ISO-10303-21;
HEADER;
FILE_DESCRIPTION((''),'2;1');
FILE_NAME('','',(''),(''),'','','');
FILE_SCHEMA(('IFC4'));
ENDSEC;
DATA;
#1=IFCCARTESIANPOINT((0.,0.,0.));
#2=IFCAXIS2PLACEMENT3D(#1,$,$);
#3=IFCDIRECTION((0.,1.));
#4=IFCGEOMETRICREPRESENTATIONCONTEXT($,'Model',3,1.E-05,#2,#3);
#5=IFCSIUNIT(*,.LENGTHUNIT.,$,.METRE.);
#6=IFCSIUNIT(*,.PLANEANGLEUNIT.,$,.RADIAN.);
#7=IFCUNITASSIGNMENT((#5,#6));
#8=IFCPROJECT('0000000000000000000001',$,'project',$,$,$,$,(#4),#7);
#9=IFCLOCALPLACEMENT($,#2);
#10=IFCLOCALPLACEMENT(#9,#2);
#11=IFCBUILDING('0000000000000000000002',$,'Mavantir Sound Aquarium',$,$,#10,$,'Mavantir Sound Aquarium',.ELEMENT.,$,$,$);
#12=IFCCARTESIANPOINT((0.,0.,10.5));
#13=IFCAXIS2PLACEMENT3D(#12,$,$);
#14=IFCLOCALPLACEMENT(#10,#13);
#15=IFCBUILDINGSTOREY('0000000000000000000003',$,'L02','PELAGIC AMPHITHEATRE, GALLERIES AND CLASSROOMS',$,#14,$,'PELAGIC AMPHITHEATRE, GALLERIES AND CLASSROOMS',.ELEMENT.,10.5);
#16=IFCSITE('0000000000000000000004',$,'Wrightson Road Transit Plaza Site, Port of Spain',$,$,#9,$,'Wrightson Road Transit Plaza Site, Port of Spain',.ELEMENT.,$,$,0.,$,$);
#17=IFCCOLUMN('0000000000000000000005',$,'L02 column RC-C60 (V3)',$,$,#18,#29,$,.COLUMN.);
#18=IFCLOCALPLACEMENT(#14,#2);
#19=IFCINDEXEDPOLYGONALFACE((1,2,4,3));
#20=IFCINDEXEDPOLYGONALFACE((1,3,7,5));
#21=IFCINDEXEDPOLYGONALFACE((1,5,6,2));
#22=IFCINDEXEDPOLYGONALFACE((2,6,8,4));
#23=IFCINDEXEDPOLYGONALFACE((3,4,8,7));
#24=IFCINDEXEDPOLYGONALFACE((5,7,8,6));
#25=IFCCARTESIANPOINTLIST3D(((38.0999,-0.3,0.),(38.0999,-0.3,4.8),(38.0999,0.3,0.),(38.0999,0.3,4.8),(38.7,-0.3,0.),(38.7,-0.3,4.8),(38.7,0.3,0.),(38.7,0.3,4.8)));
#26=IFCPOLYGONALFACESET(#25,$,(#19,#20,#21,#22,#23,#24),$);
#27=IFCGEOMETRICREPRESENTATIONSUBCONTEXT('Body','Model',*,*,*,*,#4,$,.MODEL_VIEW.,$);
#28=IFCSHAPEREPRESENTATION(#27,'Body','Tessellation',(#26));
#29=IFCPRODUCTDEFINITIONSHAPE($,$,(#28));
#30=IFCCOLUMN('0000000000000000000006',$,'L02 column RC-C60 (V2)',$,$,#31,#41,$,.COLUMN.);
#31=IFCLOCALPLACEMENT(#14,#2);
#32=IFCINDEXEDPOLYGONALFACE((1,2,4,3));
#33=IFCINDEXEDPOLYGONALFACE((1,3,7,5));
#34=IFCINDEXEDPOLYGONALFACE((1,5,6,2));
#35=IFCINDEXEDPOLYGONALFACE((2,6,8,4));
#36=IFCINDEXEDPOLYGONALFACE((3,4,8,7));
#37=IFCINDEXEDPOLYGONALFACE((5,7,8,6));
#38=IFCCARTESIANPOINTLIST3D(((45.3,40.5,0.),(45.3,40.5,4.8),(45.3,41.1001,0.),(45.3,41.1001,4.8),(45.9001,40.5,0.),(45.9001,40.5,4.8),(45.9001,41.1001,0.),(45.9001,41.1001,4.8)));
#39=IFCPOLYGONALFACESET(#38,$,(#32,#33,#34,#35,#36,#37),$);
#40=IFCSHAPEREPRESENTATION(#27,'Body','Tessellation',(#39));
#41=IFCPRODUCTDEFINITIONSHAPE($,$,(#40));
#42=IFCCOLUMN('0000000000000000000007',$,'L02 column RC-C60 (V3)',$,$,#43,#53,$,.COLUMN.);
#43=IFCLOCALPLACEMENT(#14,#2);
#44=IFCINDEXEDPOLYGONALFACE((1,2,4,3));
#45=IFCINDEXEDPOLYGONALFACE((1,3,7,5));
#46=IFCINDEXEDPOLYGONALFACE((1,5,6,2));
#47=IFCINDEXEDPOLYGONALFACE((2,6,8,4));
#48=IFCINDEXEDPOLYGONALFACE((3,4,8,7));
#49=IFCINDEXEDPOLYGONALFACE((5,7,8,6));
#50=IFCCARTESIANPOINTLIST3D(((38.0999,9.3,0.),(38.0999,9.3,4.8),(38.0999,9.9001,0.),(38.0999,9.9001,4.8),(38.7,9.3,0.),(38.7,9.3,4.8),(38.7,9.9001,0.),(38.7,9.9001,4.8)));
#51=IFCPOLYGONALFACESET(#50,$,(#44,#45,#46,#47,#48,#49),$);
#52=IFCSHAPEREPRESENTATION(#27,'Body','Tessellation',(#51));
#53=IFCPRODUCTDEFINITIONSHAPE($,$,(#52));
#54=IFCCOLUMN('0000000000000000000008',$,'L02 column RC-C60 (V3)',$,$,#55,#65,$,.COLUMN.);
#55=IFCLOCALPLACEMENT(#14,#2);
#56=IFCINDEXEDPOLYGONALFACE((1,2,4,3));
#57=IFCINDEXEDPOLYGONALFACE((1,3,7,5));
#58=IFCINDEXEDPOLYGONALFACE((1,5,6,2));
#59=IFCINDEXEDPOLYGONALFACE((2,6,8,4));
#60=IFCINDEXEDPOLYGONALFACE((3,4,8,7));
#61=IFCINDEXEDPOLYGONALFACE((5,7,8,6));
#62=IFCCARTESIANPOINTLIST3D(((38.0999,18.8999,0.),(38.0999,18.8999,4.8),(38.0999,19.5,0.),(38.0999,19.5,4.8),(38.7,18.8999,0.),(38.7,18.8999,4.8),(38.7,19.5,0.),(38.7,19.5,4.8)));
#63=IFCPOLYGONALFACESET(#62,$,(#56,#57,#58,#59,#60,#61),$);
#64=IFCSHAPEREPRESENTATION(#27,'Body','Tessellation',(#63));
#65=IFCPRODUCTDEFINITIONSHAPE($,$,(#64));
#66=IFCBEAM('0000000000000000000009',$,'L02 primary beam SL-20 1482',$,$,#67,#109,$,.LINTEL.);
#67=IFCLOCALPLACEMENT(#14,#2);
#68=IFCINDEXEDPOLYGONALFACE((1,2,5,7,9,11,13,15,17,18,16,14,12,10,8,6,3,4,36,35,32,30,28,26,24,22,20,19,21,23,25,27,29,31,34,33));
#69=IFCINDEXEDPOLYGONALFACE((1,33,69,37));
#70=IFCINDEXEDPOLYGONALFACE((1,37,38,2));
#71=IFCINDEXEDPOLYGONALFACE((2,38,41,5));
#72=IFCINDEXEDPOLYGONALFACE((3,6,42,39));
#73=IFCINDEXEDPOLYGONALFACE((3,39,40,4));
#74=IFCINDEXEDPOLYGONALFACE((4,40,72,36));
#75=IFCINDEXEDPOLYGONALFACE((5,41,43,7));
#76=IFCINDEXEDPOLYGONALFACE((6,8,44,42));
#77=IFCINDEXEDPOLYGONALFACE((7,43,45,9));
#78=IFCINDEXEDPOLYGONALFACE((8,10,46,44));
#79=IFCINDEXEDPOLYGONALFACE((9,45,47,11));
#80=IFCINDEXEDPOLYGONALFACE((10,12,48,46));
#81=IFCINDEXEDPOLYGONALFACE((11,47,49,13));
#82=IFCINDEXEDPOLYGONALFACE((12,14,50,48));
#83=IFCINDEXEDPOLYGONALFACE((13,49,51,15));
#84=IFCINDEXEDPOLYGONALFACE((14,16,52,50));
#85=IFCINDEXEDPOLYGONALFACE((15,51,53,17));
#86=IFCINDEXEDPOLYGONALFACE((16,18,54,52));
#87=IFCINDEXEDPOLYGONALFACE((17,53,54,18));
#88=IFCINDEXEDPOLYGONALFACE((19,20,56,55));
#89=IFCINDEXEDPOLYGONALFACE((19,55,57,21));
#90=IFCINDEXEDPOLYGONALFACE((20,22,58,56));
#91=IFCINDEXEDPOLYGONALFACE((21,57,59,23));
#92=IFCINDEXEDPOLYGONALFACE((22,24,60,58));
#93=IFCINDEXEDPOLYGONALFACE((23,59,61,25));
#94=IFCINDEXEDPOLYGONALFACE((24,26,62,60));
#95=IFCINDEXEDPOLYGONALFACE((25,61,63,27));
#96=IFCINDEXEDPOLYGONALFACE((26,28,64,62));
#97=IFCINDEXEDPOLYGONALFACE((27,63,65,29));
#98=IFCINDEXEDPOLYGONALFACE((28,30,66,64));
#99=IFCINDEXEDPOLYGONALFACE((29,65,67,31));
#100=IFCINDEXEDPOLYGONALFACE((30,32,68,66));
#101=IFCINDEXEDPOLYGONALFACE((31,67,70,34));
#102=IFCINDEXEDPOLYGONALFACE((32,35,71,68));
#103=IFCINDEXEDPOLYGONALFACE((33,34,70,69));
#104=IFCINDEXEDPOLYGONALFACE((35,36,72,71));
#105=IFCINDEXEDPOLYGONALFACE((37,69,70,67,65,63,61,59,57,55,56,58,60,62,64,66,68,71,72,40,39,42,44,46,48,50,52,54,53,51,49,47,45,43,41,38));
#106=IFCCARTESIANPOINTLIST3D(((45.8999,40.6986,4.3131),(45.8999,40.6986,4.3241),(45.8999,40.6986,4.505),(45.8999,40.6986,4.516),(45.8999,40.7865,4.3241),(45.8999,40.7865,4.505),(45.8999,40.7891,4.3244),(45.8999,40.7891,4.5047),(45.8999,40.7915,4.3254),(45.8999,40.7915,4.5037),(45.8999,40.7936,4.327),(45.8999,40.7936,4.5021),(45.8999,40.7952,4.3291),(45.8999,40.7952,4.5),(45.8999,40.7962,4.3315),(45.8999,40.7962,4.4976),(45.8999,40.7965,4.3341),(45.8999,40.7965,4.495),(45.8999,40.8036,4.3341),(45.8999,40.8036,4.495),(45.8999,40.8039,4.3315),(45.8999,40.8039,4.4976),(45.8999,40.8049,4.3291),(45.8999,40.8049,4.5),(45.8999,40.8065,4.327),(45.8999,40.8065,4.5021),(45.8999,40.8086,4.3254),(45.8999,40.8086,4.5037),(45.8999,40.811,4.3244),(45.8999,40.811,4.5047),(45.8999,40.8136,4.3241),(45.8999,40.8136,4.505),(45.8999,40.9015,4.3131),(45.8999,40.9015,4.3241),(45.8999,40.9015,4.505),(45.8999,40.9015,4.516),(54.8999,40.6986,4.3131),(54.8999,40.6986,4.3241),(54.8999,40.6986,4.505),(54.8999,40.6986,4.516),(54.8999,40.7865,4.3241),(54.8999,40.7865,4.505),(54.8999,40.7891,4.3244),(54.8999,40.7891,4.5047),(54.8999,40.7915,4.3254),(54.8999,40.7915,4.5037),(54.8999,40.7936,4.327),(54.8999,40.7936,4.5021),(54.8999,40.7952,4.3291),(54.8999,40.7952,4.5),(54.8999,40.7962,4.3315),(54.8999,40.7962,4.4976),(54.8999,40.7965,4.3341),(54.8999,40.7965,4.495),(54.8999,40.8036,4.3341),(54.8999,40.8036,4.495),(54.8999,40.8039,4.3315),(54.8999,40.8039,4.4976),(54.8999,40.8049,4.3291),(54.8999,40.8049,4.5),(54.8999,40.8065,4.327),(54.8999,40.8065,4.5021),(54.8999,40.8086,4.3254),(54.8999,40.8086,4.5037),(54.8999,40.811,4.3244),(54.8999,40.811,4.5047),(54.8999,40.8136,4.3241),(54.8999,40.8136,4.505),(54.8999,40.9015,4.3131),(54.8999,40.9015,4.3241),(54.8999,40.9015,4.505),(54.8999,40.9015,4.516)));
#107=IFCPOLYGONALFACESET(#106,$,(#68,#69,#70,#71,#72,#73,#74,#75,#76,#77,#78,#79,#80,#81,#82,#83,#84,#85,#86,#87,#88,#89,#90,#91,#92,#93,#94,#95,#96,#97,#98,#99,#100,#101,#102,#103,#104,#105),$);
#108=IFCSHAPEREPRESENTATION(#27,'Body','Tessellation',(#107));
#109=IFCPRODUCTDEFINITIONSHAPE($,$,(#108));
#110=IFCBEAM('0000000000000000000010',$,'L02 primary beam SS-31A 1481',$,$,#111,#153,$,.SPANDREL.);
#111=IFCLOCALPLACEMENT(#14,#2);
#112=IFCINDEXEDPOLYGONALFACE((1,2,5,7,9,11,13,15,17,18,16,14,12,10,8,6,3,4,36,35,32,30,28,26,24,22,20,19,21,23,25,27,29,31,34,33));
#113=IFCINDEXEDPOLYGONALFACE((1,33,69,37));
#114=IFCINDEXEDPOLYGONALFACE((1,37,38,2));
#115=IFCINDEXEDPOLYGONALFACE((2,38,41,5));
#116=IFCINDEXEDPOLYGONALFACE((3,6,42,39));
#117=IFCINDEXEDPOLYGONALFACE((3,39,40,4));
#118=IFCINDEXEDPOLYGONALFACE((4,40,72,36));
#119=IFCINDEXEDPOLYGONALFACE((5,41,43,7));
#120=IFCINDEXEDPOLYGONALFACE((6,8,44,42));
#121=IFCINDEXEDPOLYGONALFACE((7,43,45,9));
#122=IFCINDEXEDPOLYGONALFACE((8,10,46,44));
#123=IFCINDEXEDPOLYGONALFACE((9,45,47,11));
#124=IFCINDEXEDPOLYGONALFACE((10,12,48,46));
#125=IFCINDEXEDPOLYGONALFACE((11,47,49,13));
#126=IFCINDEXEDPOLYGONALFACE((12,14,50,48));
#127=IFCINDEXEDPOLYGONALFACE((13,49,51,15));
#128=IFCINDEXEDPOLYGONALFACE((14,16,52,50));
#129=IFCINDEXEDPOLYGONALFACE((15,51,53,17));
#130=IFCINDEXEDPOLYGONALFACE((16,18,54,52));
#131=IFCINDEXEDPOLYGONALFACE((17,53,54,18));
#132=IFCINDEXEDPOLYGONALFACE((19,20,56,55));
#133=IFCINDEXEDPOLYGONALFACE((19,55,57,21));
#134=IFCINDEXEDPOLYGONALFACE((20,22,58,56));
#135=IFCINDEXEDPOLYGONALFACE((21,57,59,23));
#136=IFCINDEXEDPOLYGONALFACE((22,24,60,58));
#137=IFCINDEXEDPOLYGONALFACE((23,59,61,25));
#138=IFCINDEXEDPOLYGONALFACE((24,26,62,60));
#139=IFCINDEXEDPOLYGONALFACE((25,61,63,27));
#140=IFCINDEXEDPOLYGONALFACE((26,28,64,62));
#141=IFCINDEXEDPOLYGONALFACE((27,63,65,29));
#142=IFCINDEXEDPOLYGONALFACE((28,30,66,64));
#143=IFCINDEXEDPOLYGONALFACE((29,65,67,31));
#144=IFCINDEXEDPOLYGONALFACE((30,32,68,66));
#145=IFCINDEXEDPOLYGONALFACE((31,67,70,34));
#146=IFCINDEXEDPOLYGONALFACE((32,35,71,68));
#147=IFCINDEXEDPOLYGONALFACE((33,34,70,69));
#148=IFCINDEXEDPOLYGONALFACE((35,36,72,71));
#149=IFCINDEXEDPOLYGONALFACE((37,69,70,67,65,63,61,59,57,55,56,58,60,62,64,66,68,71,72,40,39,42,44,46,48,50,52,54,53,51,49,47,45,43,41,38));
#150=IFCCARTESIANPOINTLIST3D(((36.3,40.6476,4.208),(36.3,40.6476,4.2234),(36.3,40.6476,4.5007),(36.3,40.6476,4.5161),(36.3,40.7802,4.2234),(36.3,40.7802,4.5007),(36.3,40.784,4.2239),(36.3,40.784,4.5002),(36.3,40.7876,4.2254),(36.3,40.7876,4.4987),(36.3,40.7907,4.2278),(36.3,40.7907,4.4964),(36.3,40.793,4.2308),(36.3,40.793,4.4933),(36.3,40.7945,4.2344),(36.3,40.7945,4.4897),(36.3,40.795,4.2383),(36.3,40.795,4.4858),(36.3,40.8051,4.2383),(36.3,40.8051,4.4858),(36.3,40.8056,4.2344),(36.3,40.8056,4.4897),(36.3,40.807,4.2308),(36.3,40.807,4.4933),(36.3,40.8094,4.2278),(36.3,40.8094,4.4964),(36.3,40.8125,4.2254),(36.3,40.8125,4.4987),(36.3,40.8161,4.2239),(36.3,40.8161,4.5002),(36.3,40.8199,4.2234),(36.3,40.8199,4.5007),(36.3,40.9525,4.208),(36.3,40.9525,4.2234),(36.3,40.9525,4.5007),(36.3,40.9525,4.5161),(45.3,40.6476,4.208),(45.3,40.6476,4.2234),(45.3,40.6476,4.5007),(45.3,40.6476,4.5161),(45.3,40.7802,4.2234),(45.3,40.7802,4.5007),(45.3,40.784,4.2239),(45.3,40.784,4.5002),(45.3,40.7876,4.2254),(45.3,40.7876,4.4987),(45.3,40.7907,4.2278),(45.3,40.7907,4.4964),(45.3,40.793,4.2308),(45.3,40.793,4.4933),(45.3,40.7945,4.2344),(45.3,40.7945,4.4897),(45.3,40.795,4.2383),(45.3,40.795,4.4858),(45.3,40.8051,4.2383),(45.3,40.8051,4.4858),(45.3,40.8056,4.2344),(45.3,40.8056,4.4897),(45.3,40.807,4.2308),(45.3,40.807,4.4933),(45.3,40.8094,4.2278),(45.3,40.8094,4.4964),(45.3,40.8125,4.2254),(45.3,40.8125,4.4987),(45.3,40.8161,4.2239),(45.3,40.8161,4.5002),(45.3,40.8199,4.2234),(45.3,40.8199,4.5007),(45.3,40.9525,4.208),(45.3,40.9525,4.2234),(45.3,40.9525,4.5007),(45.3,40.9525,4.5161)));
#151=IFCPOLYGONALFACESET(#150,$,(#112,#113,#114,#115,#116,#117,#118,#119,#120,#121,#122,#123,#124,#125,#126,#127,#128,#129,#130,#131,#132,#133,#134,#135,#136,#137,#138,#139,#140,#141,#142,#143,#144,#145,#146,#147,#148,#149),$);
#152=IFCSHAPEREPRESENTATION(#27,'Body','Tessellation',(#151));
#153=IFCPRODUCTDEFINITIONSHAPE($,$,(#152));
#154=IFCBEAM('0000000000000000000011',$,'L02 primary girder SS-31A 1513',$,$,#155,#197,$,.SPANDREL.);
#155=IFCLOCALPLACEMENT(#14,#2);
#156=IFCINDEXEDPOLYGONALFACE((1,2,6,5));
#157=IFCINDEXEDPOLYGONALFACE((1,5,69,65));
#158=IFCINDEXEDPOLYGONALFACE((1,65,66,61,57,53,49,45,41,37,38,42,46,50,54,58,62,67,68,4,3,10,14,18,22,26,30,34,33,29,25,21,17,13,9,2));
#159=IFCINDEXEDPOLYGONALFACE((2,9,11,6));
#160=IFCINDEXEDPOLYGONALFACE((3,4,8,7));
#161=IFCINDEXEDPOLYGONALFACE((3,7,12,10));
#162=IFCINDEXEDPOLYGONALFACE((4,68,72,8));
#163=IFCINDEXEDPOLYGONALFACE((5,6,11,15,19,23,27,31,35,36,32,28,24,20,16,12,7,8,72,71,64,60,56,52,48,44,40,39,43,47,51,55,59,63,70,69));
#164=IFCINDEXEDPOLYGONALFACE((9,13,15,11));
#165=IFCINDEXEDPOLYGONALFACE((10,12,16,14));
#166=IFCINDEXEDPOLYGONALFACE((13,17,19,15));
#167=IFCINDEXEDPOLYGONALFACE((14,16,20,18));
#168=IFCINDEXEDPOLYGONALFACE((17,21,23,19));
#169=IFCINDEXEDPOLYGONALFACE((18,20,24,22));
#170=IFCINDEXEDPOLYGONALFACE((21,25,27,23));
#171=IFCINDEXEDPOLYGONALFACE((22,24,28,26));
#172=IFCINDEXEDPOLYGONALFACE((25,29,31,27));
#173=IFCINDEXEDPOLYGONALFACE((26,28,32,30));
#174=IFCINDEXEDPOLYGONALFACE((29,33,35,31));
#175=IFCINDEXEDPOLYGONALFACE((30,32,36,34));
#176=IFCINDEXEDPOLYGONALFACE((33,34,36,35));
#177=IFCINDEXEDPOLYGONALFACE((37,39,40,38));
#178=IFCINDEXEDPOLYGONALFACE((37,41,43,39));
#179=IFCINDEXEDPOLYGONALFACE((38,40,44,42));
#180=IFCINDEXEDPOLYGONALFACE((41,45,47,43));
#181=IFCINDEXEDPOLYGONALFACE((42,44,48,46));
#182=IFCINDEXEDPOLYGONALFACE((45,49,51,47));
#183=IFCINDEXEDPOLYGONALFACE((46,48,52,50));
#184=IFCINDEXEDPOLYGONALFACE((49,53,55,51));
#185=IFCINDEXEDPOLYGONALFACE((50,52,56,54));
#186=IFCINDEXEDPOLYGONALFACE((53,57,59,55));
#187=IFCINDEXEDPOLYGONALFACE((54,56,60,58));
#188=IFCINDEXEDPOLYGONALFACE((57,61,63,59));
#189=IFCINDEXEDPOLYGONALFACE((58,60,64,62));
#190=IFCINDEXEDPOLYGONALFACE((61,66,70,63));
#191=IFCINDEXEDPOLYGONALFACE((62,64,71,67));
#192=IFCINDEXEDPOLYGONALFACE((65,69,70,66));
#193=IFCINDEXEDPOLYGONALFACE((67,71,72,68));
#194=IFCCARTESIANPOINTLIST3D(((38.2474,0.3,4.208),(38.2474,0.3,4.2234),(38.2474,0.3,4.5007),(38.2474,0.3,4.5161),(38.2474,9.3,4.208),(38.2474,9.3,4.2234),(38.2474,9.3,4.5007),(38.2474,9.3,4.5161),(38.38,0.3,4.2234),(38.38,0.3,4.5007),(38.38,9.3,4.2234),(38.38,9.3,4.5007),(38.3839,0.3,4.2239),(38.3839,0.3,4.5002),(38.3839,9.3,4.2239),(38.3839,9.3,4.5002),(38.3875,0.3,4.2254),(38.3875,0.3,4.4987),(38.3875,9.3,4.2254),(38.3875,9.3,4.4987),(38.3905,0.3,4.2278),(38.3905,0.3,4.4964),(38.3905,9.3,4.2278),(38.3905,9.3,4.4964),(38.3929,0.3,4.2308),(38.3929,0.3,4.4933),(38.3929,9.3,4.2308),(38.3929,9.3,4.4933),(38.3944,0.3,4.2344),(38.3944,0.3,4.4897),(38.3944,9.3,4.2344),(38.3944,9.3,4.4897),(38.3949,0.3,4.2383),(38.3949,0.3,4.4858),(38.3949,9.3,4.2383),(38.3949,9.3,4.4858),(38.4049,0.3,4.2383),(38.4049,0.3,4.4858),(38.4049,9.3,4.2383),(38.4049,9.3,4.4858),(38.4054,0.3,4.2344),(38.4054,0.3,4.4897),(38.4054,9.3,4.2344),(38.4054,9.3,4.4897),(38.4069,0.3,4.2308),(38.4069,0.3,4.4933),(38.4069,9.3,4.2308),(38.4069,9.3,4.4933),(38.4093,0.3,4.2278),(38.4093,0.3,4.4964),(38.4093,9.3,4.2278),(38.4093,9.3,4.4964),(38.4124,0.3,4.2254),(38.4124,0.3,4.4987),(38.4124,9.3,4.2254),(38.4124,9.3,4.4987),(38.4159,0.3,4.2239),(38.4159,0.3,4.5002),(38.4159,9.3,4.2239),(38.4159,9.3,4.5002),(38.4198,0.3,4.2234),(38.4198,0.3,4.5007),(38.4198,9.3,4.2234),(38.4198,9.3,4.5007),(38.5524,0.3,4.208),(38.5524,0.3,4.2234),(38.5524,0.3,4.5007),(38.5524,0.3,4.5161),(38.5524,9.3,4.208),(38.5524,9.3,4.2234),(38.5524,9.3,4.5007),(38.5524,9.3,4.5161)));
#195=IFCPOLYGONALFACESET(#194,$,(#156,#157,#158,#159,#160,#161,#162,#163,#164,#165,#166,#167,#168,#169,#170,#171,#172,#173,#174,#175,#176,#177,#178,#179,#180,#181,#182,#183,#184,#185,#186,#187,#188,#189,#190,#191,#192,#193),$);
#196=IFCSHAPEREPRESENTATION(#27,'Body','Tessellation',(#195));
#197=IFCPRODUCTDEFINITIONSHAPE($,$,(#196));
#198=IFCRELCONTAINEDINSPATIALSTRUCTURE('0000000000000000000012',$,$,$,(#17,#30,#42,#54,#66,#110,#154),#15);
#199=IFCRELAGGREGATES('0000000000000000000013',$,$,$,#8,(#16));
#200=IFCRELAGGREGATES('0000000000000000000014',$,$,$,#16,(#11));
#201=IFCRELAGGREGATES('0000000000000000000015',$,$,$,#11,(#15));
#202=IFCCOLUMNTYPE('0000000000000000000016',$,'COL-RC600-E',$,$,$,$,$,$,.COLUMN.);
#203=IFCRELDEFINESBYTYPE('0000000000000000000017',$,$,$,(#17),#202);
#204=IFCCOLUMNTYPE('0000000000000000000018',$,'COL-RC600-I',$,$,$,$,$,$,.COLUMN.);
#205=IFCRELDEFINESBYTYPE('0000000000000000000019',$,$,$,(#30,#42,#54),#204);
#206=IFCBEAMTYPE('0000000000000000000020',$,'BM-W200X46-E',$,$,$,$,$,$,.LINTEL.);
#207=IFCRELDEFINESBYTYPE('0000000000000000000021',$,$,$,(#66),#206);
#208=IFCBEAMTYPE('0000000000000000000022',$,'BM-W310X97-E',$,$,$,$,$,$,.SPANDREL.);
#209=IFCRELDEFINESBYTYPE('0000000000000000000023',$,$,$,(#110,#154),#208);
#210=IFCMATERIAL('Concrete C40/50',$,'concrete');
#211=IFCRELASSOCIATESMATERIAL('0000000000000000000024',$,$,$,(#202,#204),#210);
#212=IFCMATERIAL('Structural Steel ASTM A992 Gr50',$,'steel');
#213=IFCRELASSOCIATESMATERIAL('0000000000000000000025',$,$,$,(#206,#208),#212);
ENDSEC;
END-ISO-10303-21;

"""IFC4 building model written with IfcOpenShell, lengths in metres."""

from ifc_helpers import new_model, si_unit, direction, frame, origin, origin_2d, place, context, subcontext, project, spatial, rectangle, i_section, extrude, material, material_profile, profile_set, type_object, element, save


model = new_model("IFC4")

# Units and contexts
model_context = context("Model", 3, precision=1e-05, world=origin(), true_north=direction((0.0, 1.0)))
body_context = subcontext(model_context, "Body", "Model", "MODEL_VIEW")
ifc_project = project(units=[si_unit("LENGTHUNIT", "METRE"), si_unit("PLANEANGLEUNIT", "RADIAN")], contexts=[model_context])

# Site, building, storey
site_placement = place(None, origin())
site = spatial("IfcSite", under=ifc_project, at=site_placement, Name="Wrightson Road Transit Plaza Site, Port of Spain", LongName="Wrightson Road Transit Plaza Site, Port of Spain", CompositionType="ELEMENT", RefElevation=0.0)
building_placement = place(site_placement, origin())
building = spatial("IfcBuilding", under=site, at=building_placement, Name="Mavantir Sound Aquarium", LongName="Mavantir Sound Aquarium", CompositionType="ELEMENT")
storey_placement = place(building_placement, frame((0.0, 0.0, 10.5)))
storey = spatial("IfcBuildingStorey", under=building, at=storey_placement, Name="L02", Description="PELAGIC AMPHITHEATRE, GALLERIES AND CLASSROOMS", LongName="PELAGIC AMPHITHEATRE, GALLERIES AND CLASSROOMS", CompositionType="ELEMENT", Elevation=10.5)

# Columns
ifc_material_1 = material(Name="Concrete C40/50", Category="concrete")
ifc_material_profile_1 = material_profile(ifc_material_1, rectangle(XDim=0.6001, YDim=0.6001, at=origin_2d()), Name="RC 600X600")
ifc_profile_set_1 = profile_set([ifc_material_profile_1], Name="Concrete C40/50")
column_type_1 = type_object("IfcColumnType", Name="COL-RC600-E", PredefinedType="COLUMN", material=ifc_profile_set_1)
column_placement = place(storey_placement, frame((38.3999, 0.0, 0.0), z_axis=(0.0, 0.0, 1.0), x_axis=(1.0, 0.0, 0.0)))
element("IfcColumn", 1, at=column_placement, inside=storey, type_object=column_type_1, Name="L02 column RC-C60 (V3)", PredefinedType="COLUMN", context=body_context, shape_type="SweptSolid", body=[
    extrude(rectangle(XDim=0.6001, YDim=0.6001, at=origin_2d()), origin(), (0.0, 0.0, 1.0), 4.8),
])
ifc_material_profile_2 = material_profile(ifc_material_1, rectangle(XDim=0.6001, YDim=0.6001, at=origin_2d()), Name="RC 600X600")
ifc_profile_set_2 = profile_set([ifc_material_profile_2], Name="Concrete C40/50")
column_type_2 = type_object("IfcColumnType", Name="COL-RC600-I", PredefinedType="COLUMN", material=ifc_profile_set_2)
for number, where, z_axis, x_axis, name in (
    (2, (45.6001, 40.8, 0.0), (0.0, 0.0, 1.0), (1.0, 0.0, 0.0), "L02 column RC-C60 (V2)"),
    (3, (38.3999, 9.6001, 0.0), (0.0, 0.0, 1.0), (1.0, 0.0, 0.0), "L02 column RC-C60 (V3)"),
    (4, (38.3999, 19.2, 0.0), (0.0, 0.0, 1.0), (1.0, 0.0, 0.0), "L02 column RC-C60 (V3)"),
):
    element("IfcColumn", number, at=place(storey_placement, frame(where, z_axis=z_axis, x_axis=x_axis)), inside=storey, type_object=column_type_2, Name=name, PredefinedType="COLUMN", context=body_context, shape_type="SweptSolid", body=[
        extrude(rectangle(XDim=0.6001, YDim=0.6001, at=origin_2d()), origin(), (0.0, 0.0, 1.0), 4.8),
    ])

# Beams
ifc_material_2 = material(Name="Structural Steel ASTM A992 Gr50", Category="steel")
ifc_material_profile_3 = material_profile(ifc_material_2, i_section(OverallWidth=0.2029, OverallDepth=0.2029, WebThickness=0.0071, FlangeThickness=0.011, FilletRadius=0.01, at=origin_2d()), Name="W200X46")
ifc_profile_set_3 = profile_set([ifc_material_profile_3], Name="Structural Steel ASTM A992 Gr50")
beam_type_1 = type_object("IfcBeamType", Name="BM-W200X46-E", PredefinedType="LINTEL", material=ifc_profile_set_3)
beam_placement = place(storey_placement, frame((45.8999, 40.8, 4.4146), z_axis=(1.0, 0.0, 0.0), x_axis=(0.0, 1.0, 0.0)))
element("IfcBeam", 5, at=beam_placement, inside=storey, type_object=beam_type_1, Name="L02 primary beam SL-20 1482", PredefinedType="LINTEL", context=body_context, shape_type="SweptSolid", body=[
    extrude(i_section(OverallWidth=0.2029, OverallDepth=0.2029, WebThickness=0.0071, FlangeThickness=0.011, FilletRadius=0.01, at=origin_2d()), origin(), (0.0, 0.0, 1.0), 9.0),
])
ifc_material_profile_4 = material_profile(ifc_material_2, i_section(OverallWidth=0.3049, OverallDepth=0.3081, WebThickness=0.01, FlangeThickness=0.0154, FilletRadius=0.0149, at=origin_2d()), Name="W310X97")
ifc_profile_set_4 = profile_set([ifc_material_profile_4], Name="Structural Steel ASTM A992 Gr50")
beam_type_2 = type_object("IfcBeamType", Name="BM-W310X97-E", PredefinedType="SPANDREL", material=ifc_profile_set_4)
for number, where, z_axis, x_axis, name in (
    (6, (36.3, 40.8, 4.3621), (1.0, 0.0, 0.0), (0.0, 1.0, 0.0), "L02 primary beam SS-31A 1481"),
    (7, (38.3999, 0.3, 4.3621), (0.0, 1.0, 0.0), (-1.0, 0.0, 0.0), "L02 primary girder SS-31A 1513"),
):
    element("IfcBeam", number, at=place(storey_placement, frame(where, z_axis=z_axis, x_axis=x_axis)), inside=storey, type_object=beam_type_2, Name=name, PredefinedType="SPANDREL", context=body_context, shape_type="SweptSolid", body=[
        extrude(i_section(OverallWidth=0.3049, OverallDepth=0.3081, WebThickness=0.01, FlangeThickness=0.0154, FilletRadius=0.0149, at=origin_2d()), origin(), (0.0, 0.0, 1.0), 9.0),
    ])

save(model, "model.ifc")
